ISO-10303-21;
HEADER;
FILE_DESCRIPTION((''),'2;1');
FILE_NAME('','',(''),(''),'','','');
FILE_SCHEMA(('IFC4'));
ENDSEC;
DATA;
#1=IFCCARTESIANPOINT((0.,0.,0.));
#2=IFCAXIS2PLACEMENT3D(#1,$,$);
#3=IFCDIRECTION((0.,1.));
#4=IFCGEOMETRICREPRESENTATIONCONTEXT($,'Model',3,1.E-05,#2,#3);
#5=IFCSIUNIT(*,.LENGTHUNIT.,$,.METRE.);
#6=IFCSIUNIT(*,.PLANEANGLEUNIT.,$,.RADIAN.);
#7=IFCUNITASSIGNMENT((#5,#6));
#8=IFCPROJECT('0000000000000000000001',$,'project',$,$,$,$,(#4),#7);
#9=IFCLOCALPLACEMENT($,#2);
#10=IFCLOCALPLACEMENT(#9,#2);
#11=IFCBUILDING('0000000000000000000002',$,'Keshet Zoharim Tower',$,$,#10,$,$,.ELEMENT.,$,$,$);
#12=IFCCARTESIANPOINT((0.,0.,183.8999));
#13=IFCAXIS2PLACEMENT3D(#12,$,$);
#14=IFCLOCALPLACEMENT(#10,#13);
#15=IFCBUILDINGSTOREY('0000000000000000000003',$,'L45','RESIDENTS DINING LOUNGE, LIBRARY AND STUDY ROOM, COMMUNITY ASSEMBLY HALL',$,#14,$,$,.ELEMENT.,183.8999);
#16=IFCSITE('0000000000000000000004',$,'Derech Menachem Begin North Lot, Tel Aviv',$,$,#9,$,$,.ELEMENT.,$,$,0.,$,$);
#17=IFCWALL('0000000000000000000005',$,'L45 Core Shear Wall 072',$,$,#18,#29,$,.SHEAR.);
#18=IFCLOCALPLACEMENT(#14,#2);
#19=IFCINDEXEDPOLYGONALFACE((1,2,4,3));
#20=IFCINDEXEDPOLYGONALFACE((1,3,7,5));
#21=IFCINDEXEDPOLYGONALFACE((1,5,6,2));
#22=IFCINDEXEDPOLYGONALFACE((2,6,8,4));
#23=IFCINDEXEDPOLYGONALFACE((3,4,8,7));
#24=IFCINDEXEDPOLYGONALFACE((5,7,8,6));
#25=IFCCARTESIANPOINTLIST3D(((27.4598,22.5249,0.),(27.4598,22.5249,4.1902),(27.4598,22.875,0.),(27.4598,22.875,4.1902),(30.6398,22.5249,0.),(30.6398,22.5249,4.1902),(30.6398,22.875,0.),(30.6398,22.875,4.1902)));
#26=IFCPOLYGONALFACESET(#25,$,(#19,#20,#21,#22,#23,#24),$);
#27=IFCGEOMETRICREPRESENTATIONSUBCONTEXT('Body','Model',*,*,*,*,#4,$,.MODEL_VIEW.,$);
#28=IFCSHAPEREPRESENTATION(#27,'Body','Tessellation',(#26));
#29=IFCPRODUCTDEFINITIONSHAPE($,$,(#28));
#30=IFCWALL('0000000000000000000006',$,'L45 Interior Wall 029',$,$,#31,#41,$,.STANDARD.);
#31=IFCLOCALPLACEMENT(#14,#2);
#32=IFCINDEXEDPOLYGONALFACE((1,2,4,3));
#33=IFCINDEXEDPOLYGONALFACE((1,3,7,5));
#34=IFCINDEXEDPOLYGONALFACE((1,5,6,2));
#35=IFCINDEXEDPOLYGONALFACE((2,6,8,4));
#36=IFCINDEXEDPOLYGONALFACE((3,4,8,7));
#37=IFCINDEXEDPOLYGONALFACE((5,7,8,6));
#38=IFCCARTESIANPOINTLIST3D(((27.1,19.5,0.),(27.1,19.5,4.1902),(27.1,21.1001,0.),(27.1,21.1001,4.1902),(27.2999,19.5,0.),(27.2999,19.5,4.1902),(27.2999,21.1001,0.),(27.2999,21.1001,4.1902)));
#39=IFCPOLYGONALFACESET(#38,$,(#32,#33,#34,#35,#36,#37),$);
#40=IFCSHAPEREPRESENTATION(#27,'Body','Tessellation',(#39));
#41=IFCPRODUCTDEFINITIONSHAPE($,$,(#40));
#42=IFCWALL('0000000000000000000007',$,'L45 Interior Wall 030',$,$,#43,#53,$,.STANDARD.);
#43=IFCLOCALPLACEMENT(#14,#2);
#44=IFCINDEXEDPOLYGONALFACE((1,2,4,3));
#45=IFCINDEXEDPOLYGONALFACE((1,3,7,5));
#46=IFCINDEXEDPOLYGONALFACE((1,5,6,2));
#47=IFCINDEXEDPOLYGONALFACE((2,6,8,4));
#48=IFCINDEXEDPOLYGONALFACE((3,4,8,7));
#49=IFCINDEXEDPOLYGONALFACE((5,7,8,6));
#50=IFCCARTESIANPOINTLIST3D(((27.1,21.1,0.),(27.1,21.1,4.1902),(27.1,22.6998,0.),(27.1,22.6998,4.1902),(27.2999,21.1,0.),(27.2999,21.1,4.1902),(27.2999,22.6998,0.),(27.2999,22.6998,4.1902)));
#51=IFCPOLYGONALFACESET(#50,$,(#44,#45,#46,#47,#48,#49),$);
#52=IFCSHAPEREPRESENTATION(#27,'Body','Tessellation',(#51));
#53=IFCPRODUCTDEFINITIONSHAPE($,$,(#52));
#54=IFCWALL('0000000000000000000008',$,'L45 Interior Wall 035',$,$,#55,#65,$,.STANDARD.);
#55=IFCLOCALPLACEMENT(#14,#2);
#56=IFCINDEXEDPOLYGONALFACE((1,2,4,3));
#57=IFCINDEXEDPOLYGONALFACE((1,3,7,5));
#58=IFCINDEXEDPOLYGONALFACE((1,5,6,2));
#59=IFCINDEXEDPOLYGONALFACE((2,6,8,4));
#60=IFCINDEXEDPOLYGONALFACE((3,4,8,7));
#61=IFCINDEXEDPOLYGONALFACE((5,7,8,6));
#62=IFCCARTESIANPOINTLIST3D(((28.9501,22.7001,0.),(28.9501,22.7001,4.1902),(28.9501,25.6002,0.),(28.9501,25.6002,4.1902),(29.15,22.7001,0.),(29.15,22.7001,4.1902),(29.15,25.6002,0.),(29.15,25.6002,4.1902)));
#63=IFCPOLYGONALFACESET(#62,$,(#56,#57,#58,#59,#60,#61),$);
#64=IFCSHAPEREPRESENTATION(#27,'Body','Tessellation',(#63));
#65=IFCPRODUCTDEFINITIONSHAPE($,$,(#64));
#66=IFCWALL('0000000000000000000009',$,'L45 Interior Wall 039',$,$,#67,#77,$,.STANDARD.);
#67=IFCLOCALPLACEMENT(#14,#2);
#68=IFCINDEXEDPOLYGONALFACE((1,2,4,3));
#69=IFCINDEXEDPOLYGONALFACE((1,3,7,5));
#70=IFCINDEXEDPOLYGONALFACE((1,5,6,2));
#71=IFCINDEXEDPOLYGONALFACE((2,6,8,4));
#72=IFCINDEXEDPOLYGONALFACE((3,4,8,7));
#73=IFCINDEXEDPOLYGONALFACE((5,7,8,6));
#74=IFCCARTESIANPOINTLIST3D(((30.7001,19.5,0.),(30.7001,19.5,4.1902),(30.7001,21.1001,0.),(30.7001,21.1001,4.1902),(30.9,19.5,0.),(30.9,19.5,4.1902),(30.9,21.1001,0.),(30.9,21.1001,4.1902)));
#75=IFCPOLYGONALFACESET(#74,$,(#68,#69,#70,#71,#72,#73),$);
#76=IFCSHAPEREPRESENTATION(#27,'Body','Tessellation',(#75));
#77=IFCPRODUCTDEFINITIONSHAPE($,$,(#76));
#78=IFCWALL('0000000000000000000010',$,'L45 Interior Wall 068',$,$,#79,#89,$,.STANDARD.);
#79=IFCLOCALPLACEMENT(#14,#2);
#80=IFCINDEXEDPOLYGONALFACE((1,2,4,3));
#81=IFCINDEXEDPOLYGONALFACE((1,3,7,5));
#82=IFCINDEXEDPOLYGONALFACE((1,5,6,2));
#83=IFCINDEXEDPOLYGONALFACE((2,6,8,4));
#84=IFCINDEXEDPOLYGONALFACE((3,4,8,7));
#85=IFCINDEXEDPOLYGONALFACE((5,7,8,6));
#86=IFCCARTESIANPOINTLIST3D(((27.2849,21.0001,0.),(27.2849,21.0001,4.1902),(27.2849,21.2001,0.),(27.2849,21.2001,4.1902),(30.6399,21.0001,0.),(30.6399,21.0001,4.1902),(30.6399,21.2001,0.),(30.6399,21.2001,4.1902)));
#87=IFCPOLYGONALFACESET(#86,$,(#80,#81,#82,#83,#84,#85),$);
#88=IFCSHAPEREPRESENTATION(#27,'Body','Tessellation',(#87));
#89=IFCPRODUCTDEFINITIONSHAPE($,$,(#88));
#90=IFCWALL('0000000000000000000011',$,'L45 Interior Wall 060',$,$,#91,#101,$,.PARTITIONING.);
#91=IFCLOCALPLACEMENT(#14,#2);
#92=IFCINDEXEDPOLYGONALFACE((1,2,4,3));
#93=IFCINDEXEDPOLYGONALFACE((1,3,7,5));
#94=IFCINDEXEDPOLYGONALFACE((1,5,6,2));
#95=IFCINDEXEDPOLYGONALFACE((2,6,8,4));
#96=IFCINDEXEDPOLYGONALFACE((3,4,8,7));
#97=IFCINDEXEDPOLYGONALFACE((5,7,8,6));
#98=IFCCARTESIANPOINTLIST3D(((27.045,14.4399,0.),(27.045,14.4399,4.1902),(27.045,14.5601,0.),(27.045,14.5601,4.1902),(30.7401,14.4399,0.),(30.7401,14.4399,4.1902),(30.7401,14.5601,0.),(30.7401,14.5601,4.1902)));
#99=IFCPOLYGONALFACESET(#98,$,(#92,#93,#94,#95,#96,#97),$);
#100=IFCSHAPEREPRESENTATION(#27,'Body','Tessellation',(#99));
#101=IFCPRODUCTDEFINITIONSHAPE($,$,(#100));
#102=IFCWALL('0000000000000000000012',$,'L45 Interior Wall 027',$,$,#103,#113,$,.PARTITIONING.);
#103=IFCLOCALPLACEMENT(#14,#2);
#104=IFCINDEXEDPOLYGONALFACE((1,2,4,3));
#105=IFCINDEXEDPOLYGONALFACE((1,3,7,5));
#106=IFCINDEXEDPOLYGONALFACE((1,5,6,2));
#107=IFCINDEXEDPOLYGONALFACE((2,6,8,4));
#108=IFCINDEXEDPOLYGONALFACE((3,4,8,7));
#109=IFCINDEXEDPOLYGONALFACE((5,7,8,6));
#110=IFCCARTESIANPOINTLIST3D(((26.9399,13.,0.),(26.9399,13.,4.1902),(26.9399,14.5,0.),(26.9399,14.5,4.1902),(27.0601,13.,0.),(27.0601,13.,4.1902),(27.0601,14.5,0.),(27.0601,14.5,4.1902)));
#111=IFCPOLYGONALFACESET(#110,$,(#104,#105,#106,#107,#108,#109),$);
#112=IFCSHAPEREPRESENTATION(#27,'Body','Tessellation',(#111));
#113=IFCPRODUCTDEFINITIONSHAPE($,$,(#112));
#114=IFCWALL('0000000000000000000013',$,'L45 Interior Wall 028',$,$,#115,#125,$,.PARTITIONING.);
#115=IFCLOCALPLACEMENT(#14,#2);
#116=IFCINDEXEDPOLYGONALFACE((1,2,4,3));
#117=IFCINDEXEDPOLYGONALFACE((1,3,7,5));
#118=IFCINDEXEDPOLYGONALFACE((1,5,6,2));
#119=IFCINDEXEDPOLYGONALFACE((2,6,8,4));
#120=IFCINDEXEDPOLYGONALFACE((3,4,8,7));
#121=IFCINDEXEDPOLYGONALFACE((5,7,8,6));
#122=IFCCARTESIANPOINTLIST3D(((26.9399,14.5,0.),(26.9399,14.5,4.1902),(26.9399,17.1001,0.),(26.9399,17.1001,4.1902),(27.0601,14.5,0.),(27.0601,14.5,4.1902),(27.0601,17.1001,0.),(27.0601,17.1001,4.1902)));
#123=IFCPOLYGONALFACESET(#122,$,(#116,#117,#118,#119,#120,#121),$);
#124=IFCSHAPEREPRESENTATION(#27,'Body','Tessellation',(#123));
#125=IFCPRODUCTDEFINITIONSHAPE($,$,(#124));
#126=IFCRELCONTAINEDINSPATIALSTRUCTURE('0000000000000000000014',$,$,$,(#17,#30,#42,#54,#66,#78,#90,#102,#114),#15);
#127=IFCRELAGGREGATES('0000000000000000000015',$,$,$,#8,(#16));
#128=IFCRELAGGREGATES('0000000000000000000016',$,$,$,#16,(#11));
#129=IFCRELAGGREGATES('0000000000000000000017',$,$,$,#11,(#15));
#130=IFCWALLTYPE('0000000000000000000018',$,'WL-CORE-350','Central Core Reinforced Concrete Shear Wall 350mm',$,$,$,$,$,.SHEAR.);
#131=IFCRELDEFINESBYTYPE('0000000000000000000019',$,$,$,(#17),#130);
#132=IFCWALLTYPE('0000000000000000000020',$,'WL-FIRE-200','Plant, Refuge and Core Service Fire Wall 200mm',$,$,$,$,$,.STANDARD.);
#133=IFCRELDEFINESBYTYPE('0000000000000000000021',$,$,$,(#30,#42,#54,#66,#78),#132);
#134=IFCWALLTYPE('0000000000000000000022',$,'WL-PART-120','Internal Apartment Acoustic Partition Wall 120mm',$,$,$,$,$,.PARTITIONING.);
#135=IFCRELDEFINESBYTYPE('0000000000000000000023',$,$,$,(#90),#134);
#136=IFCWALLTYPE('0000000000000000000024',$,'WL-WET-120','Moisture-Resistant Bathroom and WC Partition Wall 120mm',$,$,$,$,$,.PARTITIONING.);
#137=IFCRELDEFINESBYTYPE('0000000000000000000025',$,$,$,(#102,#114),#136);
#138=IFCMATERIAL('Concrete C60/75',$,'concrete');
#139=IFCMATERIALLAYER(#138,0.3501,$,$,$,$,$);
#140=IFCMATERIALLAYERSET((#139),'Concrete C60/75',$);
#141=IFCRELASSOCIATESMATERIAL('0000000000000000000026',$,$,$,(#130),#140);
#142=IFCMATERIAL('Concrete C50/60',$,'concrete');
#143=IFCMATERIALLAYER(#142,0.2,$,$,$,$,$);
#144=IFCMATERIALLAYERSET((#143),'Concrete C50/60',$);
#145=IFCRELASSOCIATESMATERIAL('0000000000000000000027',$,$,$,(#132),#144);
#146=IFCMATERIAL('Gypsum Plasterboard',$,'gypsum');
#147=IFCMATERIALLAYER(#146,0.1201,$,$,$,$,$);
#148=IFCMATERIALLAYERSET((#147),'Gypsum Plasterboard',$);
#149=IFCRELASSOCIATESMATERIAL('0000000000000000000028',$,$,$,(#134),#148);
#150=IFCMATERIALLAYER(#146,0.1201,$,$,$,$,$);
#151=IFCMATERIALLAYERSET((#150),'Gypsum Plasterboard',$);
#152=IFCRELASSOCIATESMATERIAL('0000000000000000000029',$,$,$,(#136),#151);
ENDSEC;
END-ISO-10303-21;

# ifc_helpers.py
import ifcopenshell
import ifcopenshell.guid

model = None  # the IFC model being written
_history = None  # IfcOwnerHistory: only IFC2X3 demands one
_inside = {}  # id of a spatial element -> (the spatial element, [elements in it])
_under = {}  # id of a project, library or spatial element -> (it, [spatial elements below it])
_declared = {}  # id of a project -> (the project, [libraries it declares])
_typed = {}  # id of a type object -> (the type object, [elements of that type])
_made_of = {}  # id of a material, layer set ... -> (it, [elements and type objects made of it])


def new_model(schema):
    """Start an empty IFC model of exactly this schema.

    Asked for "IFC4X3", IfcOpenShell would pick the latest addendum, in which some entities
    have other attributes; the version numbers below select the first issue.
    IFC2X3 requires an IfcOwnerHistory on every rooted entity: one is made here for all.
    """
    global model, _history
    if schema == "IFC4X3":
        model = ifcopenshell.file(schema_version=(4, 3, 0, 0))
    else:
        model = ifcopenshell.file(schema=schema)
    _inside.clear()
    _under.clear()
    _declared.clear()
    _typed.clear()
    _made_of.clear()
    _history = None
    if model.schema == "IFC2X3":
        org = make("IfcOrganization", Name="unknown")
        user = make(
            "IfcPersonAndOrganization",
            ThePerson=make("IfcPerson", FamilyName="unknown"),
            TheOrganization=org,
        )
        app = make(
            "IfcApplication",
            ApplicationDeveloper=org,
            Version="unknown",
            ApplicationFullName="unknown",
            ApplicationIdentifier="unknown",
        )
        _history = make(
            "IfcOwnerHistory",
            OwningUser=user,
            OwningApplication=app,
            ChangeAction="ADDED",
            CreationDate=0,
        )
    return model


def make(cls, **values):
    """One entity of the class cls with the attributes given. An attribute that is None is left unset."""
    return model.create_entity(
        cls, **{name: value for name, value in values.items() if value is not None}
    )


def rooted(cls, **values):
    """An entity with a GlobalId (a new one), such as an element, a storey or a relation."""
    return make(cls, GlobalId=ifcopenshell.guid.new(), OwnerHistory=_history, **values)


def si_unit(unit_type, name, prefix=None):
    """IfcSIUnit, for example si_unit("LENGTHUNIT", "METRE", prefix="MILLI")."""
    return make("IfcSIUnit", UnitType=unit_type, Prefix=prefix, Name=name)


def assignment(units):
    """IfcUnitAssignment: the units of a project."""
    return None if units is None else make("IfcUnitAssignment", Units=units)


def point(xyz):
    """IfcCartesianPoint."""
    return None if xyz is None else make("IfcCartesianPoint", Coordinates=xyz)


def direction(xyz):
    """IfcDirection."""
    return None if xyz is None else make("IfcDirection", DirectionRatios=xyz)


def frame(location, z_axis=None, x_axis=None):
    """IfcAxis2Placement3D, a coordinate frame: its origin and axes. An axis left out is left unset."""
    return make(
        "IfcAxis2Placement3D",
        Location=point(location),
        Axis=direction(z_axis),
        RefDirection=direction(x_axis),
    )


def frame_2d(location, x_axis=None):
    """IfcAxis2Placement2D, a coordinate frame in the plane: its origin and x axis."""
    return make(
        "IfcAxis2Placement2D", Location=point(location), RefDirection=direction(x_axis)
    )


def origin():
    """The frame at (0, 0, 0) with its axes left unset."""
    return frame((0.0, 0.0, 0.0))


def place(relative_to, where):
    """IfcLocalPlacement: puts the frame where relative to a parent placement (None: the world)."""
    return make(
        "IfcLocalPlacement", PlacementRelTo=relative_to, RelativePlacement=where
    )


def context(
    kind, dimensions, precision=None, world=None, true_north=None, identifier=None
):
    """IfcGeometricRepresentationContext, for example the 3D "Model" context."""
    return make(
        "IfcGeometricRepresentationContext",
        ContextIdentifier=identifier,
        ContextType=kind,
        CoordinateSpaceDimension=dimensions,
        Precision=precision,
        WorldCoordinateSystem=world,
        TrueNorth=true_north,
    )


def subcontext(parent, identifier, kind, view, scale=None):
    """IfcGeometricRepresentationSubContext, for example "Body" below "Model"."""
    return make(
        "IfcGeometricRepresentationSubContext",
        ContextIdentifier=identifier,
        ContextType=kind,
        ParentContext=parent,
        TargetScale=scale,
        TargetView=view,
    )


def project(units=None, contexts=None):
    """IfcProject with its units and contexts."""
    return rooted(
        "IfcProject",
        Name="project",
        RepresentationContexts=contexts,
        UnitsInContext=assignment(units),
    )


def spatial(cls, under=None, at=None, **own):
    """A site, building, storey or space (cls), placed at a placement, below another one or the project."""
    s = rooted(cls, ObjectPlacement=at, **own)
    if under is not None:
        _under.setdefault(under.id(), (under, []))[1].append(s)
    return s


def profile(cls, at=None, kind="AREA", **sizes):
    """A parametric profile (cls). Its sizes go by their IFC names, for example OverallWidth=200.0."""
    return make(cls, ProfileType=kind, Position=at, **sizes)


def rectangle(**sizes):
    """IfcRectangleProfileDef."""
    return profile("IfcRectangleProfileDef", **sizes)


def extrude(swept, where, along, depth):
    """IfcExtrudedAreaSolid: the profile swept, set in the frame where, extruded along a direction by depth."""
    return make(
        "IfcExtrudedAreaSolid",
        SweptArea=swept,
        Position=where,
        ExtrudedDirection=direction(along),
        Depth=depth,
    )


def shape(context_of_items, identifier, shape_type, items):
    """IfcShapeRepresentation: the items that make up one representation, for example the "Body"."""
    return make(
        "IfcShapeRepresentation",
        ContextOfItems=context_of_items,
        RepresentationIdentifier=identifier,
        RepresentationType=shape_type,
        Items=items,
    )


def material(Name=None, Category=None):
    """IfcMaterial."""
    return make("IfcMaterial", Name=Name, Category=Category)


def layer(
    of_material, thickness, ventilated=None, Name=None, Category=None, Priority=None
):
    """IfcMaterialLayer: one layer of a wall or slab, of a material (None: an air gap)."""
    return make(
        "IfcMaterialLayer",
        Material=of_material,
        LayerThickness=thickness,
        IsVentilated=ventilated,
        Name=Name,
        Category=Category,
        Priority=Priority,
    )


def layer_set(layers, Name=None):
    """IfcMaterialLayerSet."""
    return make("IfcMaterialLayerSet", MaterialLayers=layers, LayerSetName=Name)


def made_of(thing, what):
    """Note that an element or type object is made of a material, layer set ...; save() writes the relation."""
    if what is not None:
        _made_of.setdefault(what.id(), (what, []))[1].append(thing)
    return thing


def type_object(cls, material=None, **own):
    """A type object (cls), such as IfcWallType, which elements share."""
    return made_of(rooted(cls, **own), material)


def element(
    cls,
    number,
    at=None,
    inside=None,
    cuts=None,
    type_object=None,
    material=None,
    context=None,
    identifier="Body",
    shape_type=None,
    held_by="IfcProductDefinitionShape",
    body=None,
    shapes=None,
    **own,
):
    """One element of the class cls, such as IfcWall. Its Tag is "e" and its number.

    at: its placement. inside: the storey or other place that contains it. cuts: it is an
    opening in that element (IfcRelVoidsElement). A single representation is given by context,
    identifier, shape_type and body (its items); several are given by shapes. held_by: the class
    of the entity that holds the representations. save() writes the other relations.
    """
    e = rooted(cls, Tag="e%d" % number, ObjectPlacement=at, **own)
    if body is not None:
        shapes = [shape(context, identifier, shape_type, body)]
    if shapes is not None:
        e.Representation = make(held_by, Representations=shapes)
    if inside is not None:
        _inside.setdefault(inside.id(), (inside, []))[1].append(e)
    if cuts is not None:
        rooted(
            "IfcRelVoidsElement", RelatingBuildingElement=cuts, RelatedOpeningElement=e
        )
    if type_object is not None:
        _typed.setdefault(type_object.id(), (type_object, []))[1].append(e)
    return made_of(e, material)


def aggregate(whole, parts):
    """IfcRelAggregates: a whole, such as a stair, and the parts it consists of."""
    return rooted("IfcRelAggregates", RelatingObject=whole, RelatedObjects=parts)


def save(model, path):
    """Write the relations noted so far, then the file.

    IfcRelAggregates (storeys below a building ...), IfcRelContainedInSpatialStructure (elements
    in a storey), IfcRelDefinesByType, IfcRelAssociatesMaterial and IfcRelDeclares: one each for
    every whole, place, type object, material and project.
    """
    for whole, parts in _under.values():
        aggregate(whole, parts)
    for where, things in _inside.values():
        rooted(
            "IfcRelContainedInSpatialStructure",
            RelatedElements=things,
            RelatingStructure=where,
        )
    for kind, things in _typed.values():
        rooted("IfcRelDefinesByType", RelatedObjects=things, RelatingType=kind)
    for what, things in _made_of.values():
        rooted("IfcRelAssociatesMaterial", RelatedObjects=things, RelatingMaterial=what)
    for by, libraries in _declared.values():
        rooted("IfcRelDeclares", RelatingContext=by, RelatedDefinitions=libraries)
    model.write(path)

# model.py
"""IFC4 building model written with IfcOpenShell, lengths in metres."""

from ifc_helpers import new_model, si_unit, direction, frame, frame_2d, origin, place, context, subcontext, project, spatial, rectangle, extrude, material, layer, layer_set, type_object, element, save


model = new_model("IFC4")

# Units and contexts
model_context = context("Model", 3, precision=1e-05, world=origin(), true_north=direction((0.0, 1.0)))
body_context = subcontext(model_context, "Body", "Model", "MODEL_VIEW")
ifc_project = project(units=[si_unit("LENGTHUNIT", "METRE"), si_unit("PLANEANGLEUNIT", "RADIAN")], contexts=[model_context])

# Site, building, storey
site_placement = place(None, origin())
site = spatial("IfcSite", under=ifc_project, at=site_placement, Name="Derech Menachem Begin North Lot, Tel Aviv", CompositionType="ELEMENT", RefElevation=0.0)
building_placement = place(site_placement, origin())
building = spatial("IfcBuilding", under=site, at=building_placement, Name="Keshet Zoharim Tower", CompositionType="ELEMENT")
storey_placement = place(building_placement, frame((0.0, 0.0, 183.8999)))
storey = spatial("IfcBuildingStorey", under=building, at=storey_placement, Name="L45", Description="RESIDENTS DINING LOUNGE, LIBRARY AND STUDY ROOM, COMMUNITY ASSEMBLY HALL", CompositionType="ELEMENT", Elevation=183.8999)

# Shared definitions
ifc_material_1 = material(Name="Concrete C60/75", Category="concrete")

# Shared definitions
ifc_material_2 = material(Name="Gypsum Plasterboard", Category="gypsum")
ifc_layer_1 = layer(ifc_material_1, 0.3501)
ifc_layer_set_1 = layer_set([ifc_layer_1], Name="Concrete C60/75")
wall_type_1 = type_object("IfcWallType", Name="WL-CORE-350", Description="Central Core Reinforced Concrete Shear Wall 350mm", PredefinedType="SHEAR", material=ifc_layer_set_1)

# Walls
wall_1_placement = place(storey_placement, frame((27.46, 22.7, 0.0), z_axis=(0.0, 0.0, 1.0), x_axis=(1.0, 0.0, 0.0)))
element("IfcWall", 1, at=wall_1_placement, inside=storey, type_object=wall_type_1, Name="L45 Core Shear Wall 072", PredefinedType="SHEAR", context=body_context, shape_type="SweptSolid", body=[
    extrude(rectangle(XDim=3.1799, YDim=0.3501, at=frame_2d((1.5898, 0.0))), origin(), (0.0, 0.0, 1.0), 4.1902),
])
ifc_material_3 = material(Name="Concrete C50/60", Category="concrete")
ifc_layer_2 = layer(ifc_material_3, 0.2)
ifc_layer_set_2 = layer_set([ifc_layer_2], Name="Concrete C50/60")
wall_type_2 = type_object("IfcWallType", Name="WL-FIRE-200", Description="Plant, Refuge and Core Service Fire Wall 200mm", PredefinedType="STANDARD", material=ifc_layer_set_2)
wall_2_placement = place(storey_placement, frame((27.2, 19.5, 0.0), z_axis=(0.0, 0.0, 1.0), x_axis=(0.0, 1.0, 0.0)))
element("IfcWall", 2, at=wall_2_placement, inside=storey, type_object=wall_type_2, Name="L45 Interior Wall 029", PredefinedType="STANDARD", context=body_context, shape_type="SweptSolid", body=[
    extrude(rectangle(XDim=1.6001, YDim=0.2, at=frame_2d((0.8, 0.0))), origin(), (0.0, 0.0, 1.0), 4.1902),
])
wall_3_placement = place(storey_placement, frame((27.2, 21.1001, 0.0), z_axis=(0.0, 0.0, 1.0), x_axis=(0.0, 1.0, 0.0)))
element("IfcWall", 3, at=wall_3_placement, inside=storey, type_object=wall_type_2, Name="L45 Interior Wall 030", PredefinedType="STANDARD", context=body_context, shape_type="SweptSolid", body=[
    extrude(rectangle(XDim=1.5999, YDim=0.2, at=frame_2d((0.7998, 0.0))), origin(), (0.0, 0.0, 1.0), 4.1902),
])
wall_4_placement = place(storey_placement, frame((29.05, 22.7, 0.0), z_axis=(0.0, 0.0, 1.0), x_axis=(0.0, 1.0, 0.0)))
element("IfcWall", 4, at=wall_4_placement, inside=storey, type_object=wall_type_2, Name="L45 Interior Wall 035", PredefinedType="STANDARD", context=body_context, shape_type="SweptSolid", body=[
    extrude(rectangle(XDim=2.9001, YDim=0.2, at=frame_2d((1.4502, 0.0))), origin(), (0.0, 0.0, 1.0), 4.1902),
])
wall_5_placement = place(storey_placement, frame((30.8, 19.5, 0.0), z_axis=(0.0, 0.0, 1.0), x_axis=(0.0, 1.0, 0.0)))
element("IfcWall", 5, at=wall_5_placement, inside=storey, type_object=wall_type_2, Name="L45 Interior Wall 039", PredefinedType="STANDARD", context=body_context, shape_type="SweptSolid", body=[
    extrude(rectangle(XDim=1.6001, YDim=0.2, at=frame_2d((0.8, 0.0))), origin(), (0.0, 0.0, 1.0), 4.1902),
])

# Walls
wall_6_placement = place(storey_placement, frame((27.2849, 21.1001, 0.0), z_axis=(0.0, 0.0, 1.0), x_axis=(1.0, 0.0, 0.0)))
element("IfcWall", 6, at=wall_6_placement, inside=storey, type_object=wall_type_2, Name="L45 Interior Wall 068", PredefinedType="STANDARD", context=body_context, shape_type="SweptSolid", body=[
    extrude(rectangle(XDim=3.355, YDim=0.2, at=frame_2d((1.6775, 0.0))), origin(), (0.0, 0.0, 1.0), 4.1902),
])
ifc_layer_3 = layer(ifc_material_2, 0.1201)
ifc_layer_set_3 = layer_set([ifc_layer_3], Name="Gypsum Plasterboard")
wall_type_3 = type_object("IfcWallType", Name="WL-PART-120", Description="Internal Apartment Acoustic Partition Wall 120mm", PredefinedType="PARTITIONING", material=ifc_layer_set_3)
wall_7_placement = place(storey_placement, frame((27.0449, 14.5, 0.0), z_axis=(0.0, 0.0, 1.0), x_axis=(1.0, 0.0, 0.0)))
element("IfcWall", 7, at=wall_7_placement, inside=storey, type_object=wall_type_3, Name="L45 Interior Wall 060", PredefinedType="PARTITIONING", context=body_context, shape_type="SweptSolid", body=[
    extrude(rectangle(XDim=3.6951, YDim=0.1201, at=frame_2d((1.8477, 0.0))), origin(), (0.0, 0.0, 1.0), 4.1902),
])
ifc_layer_4 = layer(ifc_material_2, 0.1201)
ifc_layer_set_4 = layer_set([ifc_layer_4], Name="Gypsum Plasterboard")
wall_type_4 = type_object("IfcWallType", Name="WL-WET-120", Description="Moisture-Resistant Bathroom and WC Partition Wall 120mm", PredefinedType="PARTITIONING", material=ifc_layer_set_4)
wall_8_placement = place(storey_placement, frame((27.0, 13.0, 0.0), z_axis=(0.0, 0.0, 1.0), x_axis=(0.0, 1.0, 0.0)))
element("IfcWall", 8, at=wall_8_placement, inside=storey, type_object=wall_type_4, Name="L45 Interior Wall 027", PredefinedType="PARTITIONING", context=body_context, shape_type="SweptSolid", body=[
    extrude(rectangle(XDim=1.5, YDim=0.1201, at=frame_2d((0.75, 0.0))), origin(), (0.0, 0.0, 1.0), 4.1902),
])
wall_9_placement = place(storey_placement, frame((27.0, 14.5, 0.0), z_axis=(0.0, 0.0, 1.0), x_axis=(0.0, 1.0, 0.0)))
element("IfcWall", 9, at=wall_9_placement, inside=storey, type_object=wall_type_4, Name="L45 Interior Wall 028", PredefinedType="PARTITIONING", context=body_context, shape_type="SweptSolid", body=[
    extrude(rectangle(XDim=2.6001, YDim=0.1201, at=frame_2d((1.3, 0.0))), origin(), (0.0, 0.0, 1.0), 4.1902),
])

save(model, "model.ifc")
